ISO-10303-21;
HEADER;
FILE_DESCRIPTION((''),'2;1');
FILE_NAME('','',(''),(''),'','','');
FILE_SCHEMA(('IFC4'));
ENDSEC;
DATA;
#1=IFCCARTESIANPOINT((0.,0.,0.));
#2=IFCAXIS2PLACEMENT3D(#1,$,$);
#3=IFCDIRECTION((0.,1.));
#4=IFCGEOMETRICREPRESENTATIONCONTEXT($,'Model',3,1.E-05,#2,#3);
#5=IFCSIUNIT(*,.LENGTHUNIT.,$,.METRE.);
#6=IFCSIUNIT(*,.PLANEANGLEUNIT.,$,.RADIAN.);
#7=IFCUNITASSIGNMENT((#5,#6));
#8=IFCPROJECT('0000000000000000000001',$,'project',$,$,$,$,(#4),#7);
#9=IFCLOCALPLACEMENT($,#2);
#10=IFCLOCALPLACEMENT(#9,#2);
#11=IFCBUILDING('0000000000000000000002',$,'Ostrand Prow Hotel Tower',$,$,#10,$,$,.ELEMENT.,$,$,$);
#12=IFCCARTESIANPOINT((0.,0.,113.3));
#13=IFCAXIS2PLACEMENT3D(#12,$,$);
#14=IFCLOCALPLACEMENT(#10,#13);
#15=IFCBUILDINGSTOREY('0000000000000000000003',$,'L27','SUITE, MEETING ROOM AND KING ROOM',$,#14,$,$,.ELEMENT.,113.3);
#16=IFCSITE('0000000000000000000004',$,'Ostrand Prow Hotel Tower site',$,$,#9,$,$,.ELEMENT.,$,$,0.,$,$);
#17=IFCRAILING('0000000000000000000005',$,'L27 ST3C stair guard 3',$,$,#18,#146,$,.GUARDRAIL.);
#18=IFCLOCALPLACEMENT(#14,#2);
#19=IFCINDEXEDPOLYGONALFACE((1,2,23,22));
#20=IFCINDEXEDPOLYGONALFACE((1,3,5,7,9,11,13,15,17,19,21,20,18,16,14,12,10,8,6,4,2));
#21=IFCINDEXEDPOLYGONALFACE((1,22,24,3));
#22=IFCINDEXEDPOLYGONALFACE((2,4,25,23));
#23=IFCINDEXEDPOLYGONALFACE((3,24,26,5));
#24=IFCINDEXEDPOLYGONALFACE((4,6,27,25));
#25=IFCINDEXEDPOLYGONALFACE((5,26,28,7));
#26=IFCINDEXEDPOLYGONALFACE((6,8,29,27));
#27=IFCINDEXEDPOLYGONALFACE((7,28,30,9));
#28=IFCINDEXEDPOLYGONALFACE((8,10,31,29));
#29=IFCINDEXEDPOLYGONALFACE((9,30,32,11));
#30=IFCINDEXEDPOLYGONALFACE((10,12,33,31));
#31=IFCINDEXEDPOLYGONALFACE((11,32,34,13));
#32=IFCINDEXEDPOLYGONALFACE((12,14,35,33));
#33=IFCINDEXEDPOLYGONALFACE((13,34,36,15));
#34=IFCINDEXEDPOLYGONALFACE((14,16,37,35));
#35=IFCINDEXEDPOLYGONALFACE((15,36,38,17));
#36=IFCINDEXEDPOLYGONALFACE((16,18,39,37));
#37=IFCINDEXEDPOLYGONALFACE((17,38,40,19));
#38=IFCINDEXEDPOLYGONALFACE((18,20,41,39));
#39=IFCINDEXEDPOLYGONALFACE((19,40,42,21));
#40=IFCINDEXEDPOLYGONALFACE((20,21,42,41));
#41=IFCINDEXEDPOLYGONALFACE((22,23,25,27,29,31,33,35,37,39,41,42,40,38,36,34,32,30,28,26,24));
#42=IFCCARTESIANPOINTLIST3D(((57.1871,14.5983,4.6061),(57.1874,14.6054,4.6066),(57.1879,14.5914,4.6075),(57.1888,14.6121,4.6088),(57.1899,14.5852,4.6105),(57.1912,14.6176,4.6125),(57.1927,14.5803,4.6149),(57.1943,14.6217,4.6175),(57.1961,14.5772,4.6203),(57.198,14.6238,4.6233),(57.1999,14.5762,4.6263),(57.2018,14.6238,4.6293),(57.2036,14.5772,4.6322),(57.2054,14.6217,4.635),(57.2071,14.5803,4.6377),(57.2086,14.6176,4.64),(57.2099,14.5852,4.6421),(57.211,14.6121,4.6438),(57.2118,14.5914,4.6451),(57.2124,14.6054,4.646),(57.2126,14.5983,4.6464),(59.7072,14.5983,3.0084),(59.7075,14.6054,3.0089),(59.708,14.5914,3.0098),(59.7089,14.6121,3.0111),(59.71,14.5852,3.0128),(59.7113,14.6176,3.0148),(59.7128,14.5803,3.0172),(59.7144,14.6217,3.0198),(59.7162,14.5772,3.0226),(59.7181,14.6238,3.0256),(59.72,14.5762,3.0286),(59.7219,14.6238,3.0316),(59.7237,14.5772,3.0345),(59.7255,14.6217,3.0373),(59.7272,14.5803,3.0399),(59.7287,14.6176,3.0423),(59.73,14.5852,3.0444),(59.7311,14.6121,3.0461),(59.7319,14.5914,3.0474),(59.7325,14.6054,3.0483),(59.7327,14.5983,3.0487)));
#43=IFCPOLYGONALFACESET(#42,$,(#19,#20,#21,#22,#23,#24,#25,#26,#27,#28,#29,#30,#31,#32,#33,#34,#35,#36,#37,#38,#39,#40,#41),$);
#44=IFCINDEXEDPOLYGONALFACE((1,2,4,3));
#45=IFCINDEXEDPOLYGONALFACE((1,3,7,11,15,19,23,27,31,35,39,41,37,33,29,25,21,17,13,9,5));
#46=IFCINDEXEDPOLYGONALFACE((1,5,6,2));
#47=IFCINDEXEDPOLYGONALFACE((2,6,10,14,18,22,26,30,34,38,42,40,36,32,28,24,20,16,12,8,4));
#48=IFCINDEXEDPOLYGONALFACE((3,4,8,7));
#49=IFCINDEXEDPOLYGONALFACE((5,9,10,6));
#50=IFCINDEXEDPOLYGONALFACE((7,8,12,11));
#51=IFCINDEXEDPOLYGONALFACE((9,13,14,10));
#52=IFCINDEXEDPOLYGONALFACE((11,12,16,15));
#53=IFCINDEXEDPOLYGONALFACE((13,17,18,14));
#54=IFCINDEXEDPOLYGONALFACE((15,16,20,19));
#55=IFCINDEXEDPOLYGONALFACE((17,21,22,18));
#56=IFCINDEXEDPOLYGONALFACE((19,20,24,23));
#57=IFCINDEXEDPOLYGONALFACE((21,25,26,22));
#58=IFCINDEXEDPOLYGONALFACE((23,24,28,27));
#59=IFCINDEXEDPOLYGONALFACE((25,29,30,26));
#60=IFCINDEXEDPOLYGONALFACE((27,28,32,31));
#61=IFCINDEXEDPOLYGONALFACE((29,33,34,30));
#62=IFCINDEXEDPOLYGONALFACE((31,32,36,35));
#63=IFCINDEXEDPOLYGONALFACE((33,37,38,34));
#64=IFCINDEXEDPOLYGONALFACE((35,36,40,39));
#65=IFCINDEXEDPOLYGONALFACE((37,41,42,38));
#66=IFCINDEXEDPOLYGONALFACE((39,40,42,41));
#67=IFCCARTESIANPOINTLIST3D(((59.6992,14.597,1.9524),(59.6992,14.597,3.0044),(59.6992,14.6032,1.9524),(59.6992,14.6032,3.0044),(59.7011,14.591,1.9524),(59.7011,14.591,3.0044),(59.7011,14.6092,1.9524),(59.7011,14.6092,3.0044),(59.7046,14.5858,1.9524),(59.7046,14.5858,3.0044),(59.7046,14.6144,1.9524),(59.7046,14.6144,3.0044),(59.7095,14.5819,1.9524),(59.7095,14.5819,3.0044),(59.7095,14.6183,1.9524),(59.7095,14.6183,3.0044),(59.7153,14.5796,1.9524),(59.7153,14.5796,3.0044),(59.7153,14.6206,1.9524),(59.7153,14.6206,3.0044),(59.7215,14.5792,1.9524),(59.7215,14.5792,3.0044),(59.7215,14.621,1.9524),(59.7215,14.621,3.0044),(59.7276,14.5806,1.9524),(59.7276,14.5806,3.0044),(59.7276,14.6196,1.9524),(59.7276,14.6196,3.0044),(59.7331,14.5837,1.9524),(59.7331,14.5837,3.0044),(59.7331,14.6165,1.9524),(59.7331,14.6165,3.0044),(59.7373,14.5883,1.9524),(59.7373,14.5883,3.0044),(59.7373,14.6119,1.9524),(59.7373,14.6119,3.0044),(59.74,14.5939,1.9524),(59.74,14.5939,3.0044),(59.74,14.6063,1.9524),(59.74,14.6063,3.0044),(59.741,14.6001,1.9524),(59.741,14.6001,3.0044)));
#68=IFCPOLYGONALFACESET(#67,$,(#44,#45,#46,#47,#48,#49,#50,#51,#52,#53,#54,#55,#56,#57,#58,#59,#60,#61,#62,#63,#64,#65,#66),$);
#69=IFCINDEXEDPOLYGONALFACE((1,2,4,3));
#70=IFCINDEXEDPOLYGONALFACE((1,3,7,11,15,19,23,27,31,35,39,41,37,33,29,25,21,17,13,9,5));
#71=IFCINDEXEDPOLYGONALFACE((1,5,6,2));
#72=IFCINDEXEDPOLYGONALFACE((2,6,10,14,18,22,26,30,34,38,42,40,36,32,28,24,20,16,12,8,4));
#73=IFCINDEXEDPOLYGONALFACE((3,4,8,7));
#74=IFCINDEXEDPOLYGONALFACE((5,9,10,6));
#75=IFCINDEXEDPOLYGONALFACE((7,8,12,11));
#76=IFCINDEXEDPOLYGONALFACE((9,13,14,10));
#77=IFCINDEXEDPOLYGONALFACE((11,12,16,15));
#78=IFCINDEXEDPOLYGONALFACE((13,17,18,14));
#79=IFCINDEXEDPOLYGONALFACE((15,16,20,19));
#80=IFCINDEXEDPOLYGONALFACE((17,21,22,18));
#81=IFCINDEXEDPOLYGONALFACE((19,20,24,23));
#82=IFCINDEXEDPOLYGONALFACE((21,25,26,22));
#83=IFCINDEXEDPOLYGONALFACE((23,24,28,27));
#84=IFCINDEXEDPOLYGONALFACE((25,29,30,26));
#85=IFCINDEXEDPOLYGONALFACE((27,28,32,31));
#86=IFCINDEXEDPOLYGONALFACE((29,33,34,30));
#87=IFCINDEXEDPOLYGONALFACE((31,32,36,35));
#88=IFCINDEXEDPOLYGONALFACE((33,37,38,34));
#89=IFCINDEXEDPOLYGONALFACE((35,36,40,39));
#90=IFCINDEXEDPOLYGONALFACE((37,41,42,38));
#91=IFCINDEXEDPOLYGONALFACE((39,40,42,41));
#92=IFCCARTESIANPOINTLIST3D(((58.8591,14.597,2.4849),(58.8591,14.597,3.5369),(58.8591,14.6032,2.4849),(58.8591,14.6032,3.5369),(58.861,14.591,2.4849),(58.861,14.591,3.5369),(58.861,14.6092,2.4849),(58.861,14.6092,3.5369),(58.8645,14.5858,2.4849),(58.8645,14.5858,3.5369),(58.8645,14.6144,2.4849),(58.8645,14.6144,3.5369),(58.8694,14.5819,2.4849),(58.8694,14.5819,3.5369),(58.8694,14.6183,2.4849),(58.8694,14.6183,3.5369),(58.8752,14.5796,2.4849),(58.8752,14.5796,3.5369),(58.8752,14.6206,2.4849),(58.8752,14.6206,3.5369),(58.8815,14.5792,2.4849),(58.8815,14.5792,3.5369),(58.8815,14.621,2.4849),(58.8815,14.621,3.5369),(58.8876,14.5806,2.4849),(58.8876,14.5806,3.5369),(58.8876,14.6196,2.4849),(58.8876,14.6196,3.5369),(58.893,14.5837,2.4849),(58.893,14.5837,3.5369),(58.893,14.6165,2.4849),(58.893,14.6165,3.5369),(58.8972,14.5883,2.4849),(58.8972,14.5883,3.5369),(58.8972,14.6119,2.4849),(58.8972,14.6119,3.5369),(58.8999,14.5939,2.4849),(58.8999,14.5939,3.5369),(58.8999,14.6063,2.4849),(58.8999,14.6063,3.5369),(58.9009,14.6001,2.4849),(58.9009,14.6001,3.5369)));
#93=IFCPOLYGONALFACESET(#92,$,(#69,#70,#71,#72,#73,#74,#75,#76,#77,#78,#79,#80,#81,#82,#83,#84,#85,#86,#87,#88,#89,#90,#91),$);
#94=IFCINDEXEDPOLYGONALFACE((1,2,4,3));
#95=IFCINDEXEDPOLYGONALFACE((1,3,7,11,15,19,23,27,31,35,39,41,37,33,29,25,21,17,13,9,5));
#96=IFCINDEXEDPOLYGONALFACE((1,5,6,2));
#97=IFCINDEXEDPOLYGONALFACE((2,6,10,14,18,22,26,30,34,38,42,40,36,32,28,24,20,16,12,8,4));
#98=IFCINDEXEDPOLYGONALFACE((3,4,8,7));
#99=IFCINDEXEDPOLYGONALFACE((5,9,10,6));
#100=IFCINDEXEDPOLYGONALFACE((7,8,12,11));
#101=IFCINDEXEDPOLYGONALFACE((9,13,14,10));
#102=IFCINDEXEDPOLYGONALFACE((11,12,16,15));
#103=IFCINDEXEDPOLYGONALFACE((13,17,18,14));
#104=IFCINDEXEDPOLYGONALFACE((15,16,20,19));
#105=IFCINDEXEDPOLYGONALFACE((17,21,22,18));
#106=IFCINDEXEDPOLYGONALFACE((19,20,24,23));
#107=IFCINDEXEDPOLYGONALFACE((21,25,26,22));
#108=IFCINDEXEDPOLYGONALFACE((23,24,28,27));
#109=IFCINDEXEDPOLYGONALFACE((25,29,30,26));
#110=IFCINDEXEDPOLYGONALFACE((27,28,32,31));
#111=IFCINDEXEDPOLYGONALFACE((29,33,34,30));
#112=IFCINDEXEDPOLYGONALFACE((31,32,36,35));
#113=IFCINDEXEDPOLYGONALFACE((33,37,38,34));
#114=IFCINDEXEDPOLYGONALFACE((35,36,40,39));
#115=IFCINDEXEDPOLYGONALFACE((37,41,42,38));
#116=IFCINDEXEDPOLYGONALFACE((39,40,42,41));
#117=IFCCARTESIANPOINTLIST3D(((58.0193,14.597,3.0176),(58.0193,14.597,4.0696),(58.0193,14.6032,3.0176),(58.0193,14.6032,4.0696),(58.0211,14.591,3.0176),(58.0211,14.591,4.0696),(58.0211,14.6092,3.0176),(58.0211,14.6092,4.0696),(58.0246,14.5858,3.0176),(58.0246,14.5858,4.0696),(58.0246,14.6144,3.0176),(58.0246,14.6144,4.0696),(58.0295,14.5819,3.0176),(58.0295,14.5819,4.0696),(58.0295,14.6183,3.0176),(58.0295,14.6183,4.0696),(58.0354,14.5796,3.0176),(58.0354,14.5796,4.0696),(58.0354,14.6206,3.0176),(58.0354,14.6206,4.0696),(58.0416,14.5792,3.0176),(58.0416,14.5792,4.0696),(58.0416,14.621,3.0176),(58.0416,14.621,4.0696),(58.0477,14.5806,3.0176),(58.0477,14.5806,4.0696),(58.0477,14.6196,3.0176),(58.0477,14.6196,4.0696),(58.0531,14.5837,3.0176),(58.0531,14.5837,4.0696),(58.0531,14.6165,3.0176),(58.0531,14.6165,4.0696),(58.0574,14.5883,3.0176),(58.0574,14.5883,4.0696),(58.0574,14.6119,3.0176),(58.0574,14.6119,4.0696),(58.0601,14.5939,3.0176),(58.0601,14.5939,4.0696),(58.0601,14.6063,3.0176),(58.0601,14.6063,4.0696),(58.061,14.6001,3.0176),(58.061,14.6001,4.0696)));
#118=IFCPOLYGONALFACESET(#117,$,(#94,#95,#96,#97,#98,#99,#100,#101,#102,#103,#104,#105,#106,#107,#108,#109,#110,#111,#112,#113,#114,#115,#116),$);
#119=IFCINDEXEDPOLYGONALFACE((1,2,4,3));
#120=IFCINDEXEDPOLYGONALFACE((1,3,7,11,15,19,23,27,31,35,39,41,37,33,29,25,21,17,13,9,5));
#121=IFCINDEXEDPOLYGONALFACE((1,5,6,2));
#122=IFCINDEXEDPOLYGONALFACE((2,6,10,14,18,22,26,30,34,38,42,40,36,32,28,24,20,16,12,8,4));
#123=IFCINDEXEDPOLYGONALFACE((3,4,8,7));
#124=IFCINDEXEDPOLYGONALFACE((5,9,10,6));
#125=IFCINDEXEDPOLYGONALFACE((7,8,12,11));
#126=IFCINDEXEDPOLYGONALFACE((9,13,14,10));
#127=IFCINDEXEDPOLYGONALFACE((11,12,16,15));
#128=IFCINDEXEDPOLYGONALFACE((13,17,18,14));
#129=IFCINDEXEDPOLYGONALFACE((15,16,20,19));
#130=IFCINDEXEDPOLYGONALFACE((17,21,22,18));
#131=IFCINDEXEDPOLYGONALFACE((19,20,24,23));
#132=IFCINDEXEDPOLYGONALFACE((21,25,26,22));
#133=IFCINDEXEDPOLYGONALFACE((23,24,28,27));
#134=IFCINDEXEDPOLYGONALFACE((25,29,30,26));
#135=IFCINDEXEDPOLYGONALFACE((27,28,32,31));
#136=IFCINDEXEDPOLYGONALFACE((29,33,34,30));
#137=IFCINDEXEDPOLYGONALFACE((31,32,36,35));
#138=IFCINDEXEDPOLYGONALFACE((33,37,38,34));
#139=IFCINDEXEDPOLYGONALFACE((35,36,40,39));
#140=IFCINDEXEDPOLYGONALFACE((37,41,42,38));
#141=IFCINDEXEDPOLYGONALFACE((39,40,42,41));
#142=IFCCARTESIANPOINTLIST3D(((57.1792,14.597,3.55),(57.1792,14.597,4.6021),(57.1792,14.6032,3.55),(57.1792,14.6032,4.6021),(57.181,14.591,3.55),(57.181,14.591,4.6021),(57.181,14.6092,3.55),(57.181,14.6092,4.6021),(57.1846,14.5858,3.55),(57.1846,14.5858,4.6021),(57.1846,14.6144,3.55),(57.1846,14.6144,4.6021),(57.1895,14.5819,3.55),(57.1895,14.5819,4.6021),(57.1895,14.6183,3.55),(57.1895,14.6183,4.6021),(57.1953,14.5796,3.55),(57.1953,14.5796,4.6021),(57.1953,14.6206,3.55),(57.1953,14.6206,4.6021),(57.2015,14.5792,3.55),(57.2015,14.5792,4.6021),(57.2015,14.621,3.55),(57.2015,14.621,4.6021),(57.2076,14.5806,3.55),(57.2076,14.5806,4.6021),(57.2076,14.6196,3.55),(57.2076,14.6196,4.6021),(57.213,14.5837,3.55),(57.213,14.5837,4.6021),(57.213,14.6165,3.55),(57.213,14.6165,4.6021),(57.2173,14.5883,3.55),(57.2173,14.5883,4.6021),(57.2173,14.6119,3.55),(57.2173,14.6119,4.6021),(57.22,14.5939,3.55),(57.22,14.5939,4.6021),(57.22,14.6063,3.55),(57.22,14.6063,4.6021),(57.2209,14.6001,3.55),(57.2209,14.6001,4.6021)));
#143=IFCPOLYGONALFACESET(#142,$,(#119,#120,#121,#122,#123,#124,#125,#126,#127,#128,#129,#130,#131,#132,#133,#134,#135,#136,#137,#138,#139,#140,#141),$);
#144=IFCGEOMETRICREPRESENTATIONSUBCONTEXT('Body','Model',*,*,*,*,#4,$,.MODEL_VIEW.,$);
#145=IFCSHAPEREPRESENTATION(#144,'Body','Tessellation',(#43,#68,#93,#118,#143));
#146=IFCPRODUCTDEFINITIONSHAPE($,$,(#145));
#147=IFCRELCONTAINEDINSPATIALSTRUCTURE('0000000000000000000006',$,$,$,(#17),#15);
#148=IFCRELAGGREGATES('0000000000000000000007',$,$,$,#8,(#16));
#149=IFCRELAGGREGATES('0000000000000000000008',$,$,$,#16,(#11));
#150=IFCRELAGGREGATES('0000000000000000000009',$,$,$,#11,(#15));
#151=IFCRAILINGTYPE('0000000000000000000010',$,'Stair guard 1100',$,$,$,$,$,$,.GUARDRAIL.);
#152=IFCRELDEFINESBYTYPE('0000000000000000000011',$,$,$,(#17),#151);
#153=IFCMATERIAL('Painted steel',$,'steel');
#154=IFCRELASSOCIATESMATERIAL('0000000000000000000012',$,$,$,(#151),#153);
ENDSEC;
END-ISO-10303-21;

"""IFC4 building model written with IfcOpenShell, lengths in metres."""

from ifc_helpers import new_model, si_unit, direction, frame, origin, origin_2d, place, context, subcontext, project, spatial, circle, extrude, material, type_object, element, save


model = new_model("IFC4")

# Units and contexts
model_context = context("Model", 3, precision=1e-05, world=origin(), true_north=direction((0.0, 1.0)))
body_context = subcontext(model_context, "Body", "Model", "MODEL_VIEW")
ifc_project = project(units=[si_unit("LENGTHUNIT", "METRE"), si_unit("PLANEANGLEUNIT", "RADIAN")], contexts=[model_context])

# Site, building, storey
site_placement = place(None, origin())
site = spatial("IfcSite", under=ifc_project, at=site_placement, Name="Ostrand Prow Hotel Tower site", CompositionType="ELEMENT", RefElevation=0.0)
building_placement = place(site_placement, origin())
building = spatial("IfcBuilding", under=site, at=building_placement, Name="Ostrand Prow Hotel Tower", CompositionType="ELEMENT")
storey_placement = place(building_placement, frame((0.0, 0.0, 113.3)))
storey = spatial("IfcBuildingStorey", under=building, at=storey_placement, Name="L27", Description="SUITE, MEETING ROOM AND KING ROOM", CompositionType="ELEMENT", Elevation=113.3)

# Railing
ifc_material_1 = material(Name="Painted steel", Category="steel")
railing_type_1 = type_object("IfcRailingType", Name="Stair guard 1100", PredefinedType="GUARDRAIL", material=ifc_material_1)
railing_1_placement = place(storey_placement, frame((59.72, 14.6001, 1.9524)))
element("IfcRailing", 1, at=railing_1_placement, inside=storey, type_object=railing_type_1, Name="L27 ST3C stair guard 3", PredefinedType="GUARDRAIL", context=body_context, shape_type="SweptSolid", body=[
    extrude(circle(Radius=0.0239, at=origin_2d()), frame((0.0, 0.0, 1.0762), z_axis=(-0.84457, 0.0, 0.535445), x_axis=(0.0, -1.0, 0.0)), (0.0, 0.0, 1.0), 2.9839),
    extrude(circle(Radius=0.021, at=origin_2d()), origin(), (0.0, 0.0, 1.0), 1.052),
    extrude(circle(Radius=0.021, at=origin_2d()), frame((-0.8401, 0.0, 0.5325)), (0.0, 0.0, 1.0), 1.052),
    extrude(circle(Radius=0.021, at=origin_2d()), frame((-1.6799, 0.0, 1.0652)), (0.0, 0.0, 1.0), 1.052),
    extrude(circle(Radius=0.021, at=origin_2d()), frame((-2.52, 0.0, 1.5977)), (0.0, 0.0, 1.0), 1.052),
])

save(model, "model.ifc")
